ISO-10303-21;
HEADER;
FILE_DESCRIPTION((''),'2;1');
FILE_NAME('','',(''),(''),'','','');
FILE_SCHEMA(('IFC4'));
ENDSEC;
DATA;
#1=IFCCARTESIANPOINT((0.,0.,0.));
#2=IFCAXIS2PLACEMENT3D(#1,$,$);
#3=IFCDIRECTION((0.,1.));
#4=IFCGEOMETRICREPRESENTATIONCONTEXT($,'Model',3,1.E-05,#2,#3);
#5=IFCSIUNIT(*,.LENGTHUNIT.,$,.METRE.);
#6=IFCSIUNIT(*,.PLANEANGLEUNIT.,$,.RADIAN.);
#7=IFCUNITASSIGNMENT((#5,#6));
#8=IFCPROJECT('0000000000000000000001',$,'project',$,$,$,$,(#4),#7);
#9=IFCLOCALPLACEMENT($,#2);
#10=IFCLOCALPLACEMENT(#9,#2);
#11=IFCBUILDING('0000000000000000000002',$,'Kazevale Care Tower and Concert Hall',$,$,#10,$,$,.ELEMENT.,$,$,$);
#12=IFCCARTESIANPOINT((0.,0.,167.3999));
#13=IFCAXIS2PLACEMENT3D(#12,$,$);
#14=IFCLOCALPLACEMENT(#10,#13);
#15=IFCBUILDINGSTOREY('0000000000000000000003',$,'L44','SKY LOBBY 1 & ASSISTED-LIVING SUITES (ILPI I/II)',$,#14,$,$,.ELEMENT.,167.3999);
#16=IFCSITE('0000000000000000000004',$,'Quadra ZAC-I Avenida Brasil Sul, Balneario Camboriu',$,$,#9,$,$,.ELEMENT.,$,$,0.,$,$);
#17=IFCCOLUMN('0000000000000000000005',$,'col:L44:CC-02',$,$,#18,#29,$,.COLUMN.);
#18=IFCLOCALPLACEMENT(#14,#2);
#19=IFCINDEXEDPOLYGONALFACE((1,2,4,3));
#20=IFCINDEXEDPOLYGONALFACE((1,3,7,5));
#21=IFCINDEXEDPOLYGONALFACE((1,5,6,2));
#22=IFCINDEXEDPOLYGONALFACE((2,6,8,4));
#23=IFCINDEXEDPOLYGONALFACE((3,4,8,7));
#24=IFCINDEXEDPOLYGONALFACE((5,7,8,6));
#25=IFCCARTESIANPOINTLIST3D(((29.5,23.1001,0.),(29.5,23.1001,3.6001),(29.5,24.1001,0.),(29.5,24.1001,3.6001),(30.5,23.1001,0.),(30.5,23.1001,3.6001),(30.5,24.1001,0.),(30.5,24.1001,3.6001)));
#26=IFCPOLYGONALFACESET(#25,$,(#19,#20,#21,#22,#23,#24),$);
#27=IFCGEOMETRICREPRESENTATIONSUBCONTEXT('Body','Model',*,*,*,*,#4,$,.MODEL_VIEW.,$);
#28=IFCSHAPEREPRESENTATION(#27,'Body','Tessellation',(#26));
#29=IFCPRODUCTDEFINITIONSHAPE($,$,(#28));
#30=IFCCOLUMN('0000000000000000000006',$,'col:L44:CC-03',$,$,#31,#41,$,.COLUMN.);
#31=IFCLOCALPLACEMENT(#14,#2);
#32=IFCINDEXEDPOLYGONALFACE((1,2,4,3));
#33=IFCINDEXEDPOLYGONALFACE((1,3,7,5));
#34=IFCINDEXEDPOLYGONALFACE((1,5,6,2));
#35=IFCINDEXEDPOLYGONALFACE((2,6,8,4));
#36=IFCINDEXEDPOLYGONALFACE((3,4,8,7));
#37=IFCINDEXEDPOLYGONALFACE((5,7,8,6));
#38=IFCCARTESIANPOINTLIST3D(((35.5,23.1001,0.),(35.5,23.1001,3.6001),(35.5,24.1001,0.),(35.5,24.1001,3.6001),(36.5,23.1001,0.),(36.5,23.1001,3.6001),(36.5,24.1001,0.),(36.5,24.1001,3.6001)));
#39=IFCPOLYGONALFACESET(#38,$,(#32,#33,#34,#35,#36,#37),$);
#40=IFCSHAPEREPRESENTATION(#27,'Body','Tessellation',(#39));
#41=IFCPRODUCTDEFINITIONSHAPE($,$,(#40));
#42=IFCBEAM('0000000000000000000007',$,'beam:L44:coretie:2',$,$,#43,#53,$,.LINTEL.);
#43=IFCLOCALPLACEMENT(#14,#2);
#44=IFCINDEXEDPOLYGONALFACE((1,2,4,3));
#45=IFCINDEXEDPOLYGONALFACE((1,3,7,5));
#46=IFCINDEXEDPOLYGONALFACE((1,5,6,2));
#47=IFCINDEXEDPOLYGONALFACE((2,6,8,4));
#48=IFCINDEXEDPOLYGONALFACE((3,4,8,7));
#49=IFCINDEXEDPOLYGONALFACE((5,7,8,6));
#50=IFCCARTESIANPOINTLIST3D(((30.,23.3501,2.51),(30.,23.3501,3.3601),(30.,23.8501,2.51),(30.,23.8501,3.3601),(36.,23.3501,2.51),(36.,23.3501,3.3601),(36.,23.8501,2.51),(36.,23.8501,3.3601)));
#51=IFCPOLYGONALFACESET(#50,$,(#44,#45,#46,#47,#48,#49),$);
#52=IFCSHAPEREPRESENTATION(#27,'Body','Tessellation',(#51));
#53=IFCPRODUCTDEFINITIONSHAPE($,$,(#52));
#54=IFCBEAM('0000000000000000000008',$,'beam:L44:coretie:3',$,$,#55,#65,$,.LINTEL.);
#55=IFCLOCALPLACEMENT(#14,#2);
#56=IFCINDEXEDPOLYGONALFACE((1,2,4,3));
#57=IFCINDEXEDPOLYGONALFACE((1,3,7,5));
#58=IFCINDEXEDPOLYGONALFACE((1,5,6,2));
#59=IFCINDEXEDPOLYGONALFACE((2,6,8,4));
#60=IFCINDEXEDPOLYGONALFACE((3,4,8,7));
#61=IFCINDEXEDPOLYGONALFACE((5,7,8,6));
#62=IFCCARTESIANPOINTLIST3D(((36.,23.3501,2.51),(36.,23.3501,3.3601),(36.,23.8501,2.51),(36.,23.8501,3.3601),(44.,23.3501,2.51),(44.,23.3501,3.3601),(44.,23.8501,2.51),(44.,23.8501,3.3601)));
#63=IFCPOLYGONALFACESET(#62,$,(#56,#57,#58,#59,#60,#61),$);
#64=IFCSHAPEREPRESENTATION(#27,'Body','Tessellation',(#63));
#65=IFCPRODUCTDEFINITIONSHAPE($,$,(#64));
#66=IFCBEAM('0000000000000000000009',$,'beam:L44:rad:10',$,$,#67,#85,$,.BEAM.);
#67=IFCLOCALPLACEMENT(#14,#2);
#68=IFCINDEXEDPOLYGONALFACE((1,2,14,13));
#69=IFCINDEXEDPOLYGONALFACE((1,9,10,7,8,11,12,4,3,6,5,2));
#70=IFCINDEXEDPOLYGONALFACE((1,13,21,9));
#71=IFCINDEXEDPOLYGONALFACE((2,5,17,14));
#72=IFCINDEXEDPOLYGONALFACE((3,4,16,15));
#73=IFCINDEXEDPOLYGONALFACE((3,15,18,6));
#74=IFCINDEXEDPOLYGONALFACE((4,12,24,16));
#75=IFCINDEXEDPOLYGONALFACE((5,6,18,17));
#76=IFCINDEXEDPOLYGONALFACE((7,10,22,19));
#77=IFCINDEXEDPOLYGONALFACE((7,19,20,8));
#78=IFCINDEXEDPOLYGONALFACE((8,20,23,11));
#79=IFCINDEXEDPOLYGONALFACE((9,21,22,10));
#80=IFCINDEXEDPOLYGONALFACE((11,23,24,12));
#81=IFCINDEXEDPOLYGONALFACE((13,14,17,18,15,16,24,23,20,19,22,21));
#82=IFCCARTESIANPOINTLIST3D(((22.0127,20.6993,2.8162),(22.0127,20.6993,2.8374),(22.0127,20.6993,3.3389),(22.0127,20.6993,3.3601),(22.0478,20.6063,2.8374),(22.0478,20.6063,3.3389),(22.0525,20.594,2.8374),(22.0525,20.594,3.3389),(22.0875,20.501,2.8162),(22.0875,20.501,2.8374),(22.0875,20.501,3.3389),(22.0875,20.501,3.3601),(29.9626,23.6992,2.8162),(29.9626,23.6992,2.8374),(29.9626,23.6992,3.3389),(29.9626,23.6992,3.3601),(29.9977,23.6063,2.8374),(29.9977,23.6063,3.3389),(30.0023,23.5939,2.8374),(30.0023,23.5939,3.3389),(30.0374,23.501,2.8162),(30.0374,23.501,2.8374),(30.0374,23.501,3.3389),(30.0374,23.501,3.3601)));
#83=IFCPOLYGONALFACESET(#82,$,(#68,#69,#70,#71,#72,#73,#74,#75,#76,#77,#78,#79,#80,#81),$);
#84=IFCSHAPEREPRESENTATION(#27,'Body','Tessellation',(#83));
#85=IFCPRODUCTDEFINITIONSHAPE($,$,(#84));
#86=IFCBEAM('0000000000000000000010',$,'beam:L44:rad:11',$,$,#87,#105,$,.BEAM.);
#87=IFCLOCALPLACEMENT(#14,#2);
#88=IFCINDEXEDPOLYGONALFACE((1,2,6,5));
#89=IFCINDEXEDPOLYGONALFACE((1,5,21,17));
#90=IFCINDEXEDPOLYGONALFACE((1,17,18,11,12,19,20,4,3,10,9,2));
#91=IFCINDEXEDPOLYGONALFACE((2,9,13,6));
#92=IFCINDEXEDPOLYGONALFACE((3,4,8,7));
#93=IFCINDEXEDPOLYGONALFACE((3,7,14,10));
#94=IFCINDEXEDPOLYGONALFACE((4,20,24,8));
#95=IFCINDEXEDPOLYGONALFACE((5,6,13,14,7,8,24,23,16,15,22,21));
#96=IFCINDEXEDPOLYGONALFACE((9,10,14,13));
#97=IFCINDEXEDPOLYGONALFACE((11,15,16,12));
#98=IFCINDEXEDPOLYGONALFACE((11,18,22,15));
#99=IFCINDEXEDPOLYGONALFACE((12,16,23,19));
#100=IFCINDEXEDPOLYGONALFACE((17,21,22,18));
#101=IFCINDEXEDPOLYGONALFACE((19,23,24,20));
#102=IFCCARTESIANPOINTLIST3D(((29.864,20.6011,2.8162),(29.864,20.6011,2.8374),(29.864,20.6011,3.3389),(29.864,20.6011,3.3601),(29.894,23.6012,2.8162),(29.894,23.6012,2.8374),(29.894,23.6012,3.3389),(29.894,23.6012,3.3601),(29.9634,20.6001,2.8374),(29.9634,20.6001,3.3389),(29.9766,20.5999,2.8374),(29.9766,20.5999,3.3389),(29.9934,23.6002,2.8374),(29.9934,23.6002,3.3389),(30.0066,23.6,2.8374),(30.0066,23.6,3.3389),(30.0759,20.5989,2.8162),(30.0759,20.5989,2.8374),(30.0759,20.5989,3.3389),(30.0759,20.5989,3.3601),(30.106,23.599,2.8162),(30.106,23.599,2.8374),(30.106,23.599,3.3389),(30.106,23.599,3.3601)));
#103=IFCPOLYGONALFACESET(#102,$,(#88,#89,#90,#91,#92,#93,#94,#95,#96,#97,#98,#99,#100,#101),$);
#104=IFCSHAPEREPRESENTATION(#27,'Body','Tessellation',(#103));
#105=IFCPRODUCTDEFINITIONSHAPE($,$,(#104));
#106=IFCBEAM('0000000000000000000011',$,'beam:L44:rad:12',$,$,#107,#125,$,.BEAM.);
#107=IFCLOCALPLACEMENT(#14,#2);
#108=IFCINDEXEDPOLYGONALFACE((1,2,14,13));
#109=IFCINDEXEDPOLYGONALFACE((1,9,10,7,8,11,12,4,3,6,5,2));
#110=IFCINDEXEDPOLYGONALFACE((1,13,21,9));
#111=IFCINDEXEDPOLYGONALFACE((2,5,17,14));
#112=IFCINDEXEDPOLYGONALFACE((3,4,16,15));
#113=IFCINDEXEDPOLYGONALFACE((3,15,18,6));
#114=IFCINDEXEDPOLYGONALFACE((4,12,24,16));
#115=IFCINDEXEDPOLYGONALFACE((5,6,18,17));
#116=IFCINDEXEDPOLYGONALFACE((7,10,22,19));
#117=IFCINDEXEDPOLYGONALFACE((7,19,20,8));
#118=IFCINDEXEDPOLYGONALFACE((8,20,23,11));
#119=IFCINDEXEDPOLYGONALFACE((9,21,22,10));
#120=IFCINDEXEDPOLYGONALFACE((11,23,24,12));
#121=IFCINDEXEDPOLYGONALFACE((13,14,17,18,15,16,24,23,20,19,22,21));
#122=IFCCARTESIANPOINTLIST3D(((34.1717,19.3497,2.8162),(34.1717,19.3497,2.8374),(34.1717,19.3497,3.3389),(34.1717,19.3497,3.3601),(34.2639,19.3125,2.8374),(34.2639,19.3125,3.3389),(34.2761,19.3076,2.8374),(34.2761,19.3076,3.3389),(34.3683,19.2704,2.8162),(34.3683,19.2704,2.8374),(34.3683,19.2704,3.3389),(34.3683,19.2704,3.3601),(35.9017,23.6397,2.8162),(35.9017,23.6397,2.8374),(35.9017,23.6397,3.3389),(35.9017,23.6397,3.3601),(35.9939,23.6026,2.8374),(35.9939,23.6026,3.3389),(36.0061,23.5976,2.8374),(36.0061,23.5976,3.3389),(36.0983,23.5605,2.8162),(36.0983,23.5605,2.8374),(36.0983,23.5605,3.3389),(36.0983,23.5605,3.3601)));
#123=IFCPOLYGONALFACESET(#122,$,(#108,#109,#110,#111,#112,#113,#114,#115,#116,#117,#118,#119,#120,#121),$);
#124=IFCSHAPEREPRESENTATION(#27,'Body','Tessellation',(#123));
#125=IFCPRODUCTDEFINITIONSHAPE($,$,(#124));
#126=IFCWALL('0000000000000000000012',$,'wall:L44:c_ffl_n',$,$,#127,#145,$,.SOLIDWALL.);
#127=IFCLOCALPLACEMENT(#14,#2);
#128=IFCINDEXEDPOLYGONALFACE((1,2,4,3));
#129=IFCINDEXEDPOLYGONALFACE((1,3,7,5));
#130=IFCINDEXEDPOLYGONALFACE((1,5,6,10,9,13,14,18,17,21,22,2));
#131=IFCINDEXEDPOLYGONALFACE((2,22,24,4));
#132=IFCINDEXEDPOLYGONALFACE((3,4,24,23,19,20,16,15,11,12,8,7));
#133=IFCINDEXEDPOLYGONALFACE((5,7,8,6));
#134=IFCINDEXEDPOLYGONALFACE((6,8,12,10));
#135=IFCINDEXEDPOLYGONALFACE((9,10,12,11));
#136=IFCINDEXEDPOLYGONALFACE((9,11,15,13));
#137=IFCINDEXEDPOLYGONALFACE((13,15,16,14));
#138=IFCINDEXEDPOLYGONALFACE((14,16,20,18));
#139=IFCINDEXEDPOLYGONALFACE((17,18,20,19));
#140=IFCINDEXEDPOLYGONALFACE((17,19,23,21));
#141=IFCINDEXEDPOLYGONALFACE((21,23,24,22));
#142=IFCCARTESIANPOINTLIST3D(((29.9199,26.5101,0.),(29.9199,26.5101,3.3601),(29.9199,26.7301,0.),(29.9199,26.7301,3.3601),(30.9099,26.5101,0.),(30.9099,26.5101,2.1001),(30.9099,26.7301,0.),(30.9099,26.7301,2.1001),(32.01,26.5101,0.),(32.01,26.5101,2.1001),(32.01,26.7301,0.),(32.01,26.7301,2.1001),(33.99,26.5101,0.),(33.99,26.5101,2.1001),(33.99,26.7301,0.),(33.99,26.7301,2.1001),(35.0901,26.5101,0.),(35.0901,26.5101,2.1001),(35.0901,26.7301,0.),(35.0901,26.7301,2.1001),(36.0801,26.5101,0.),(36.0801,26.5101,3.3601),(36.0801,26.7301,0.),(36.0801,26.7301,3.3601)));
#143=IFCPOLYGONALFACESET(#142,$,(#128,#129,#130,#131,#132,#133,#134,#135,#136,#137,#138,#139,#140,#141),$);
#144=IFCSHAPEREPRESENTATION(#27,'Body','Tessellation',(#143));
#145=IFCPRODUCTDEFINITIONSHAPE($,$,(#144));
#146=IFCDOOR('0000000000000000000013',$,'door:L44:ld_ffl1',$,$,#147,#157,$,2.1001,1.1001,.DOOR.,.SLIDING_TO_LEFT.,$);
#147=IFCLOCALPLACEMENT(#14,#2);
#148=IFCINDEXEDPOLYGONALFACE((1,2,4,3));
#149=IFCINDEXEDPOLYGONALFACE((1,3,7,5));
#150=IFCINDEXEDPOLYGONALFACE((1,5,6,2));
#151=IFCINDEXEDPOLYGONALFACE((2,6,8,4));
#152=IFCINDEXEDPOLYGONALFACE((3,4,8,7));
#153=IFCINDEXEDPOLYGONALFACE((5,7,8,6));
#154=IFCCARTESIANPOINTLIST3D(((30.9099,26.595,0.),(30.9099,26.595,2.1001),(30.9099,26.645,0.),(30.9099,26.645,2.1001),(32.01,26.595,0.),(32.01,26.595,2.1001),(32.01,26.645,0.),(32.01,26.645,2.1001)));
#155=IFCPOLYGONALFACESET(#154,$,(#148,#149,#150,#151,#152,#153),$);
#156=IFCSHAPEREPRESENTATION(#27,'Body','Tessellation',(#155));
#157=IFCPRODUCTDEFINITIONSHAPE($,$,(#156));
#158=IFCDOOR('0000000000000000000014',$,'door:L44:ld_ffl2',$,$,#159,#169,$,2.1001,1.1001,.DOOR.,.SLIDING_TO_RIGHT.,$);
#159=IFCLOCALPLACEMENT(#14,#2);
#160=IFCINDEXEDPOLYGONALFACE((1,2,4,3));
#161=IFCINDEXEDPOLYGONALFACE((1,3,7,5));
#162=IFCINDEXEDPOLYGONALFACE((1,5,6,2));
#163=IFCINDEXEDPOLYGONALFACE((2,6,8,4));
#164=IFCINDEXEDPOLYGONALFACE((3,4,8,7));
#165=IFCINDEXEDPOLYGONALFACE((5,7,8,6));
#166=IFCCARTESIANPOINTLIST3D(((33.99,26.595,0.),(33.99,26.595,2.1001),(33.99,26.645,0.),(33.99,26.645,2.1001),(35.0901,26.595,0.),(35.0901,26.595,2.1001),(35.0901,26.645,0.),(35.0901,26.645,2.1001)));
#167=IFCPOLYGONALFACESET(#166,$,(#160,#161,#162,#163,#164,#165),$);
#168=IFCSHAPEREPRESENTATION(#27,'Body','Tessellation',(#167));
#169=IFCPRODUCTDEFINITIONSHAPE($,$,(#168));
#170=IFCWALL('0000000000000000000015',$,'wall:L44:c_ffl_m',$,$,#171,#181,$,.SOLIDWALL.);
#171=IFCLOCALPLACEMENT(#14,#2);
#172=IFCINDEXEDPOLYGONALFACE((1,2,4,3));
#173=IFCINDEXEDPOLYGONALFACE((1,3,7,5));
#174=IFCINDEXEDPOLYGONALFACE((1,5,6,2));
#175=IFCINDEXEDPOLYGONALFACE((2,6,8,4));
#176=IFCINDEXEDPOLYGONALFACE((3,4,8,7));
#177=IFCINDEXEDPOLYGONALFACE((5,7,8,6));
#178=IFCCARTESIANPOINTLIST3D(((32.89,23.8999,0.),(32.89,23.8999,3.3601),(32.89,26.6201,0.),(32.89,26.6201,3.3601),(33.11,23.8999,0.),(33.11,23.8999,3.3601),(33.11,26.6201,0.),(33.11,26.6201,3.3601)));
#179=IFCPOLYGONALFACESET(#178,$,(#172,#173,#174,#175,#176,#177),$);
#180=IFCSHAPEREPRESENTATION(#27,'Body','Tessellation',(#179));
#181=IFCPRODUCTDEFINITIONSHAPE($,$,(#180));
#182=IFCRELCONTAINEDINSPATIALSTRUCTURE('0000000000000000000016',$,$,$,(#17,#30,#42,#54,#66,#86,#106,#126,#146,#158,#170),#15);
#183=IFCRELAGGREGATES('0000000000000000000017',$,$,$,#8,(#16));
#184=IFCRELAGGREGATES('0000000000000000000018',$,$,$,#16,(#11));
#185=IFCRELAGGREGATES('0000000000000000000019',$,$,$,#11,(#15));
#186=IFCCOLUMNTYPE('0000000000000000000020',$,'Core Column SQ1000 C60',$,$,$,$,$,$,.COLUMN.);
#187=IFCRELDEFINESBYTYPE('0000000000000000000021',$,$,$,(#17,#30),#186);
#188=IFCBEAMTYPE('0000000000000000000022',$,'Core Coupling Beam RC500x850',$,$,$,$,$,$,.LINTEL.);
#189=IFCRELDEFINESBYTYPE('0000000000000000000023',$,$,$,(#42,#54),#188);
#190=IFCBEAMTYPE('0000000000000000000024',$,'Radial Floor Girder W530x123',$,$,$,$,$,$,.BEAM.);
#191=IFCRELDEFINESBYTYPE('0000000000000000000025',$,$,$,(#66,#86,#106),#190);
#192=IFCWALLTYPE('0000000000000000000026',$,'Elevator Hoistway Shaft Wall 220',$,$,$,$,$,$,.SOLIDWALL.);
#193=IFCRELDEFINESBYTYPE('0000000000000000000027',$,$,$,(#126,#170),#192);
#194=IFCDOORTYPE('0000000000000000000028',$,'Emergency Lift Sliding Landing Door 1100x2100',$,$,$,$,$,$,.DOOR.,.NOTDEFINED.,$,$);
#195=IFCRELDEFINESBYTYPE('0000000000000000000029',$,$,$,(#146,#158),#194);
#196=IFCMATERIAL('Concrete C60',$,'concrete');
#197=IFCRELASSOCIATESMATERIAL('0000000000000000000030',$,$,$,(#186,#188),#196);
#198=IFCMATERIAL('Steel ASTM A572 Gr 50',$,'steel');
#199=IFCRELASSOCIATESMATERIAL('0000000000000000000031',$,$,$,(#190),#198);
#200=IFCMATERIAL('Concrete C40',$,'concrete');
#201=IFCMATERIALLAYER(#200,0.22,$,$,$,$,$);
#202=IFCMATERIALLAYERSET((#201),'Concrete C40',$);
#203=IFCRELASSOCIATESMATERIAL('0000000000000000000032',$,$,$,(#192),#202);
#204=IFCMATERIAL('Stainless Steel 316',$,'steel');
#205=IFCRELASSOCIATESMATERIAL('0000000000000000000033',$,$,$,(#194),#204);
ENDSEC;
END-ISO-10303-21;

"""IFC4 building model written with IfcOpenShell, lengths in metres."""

from ifc_helpers import new_model, si_unit, direction, frame, frame_2d, origin, origin_2d, place, context, subcontext, project, spatial, rectangle, i_section, extrude, material, layer, layer_set, material_profile, profile_set, type_object, element, fill, save


model = new_model("IFC4")

# Units and contexts
model_context = context("Model", 3, precision=1e-05, world=origin(), true_north=direction((0.0, 1.0)))
body_context = subcontext(model_context, "Body", "Model", "MODEL_VIEW")
ifc_project = project(units=[si_unit("LENGTHUNIT", "METRE"), si_unit("PLANEANGLEUNIT", "RADIAN")], contexts=[model_context])

# Site, building, storey
site_placement = place(None, origin())
site = spatial("IfcSite", under=ifc_project, at=site_placement, Name="Quadra ZAC-I Avenida Brasil Sul, Balneario Camboriu", CompositionType="ELEMENT", RefElevation=0.0)
building_placement = place(site_placement, origin())
building = spatial("IfcBuilding", under=site, at=building_placement, Name="Kazevale Care Tower and Concert Hall", CompositionType="ELEMENT")
storey_placement = place(building_placement, frame((0.0, 0.0, 167.3999)))
storey = spatial("IfcBuildingStorey", under=building, at=storey_placement, Name="L44", Description="SKY LOBBY 1 & ASSISTED-LIVING SUITES (ILPI I/II)", CompositionType="ELEMENT", Elevation=167.3999)

# Columns
ifc_material_1 = material(Name="Concrete C60", Category="concrete")
ifc_material_profile_1 = material_profile(ifc_material_1, rectangle(XDim=1.0, YDim=1.0, at=origin_2d()), Name="RC-SQ1000")
ifc_profile_set_1 = profile_set([ifc_material_profile_1], Name="Concrete C60")
column_type = type_object("IfcColumnType", Name="Core Column SQ1000 C60", PredefinedType="COLUMN", material=ifc_profile_set_1)
for number, where, z_axis, x_axis, name in (
    (1, (30.0, 23.6001, 0.0), (0.0, 0.0, 1.0), (1.0, 0.0, 0.0), "col:L44:CC-02"),
    (2, (36.0, 23.6001, 0.0), (0.0, 0.0, 1.0), (1.0, 0.0, 0.0), "col:L44:CC-03"),
):
    element("IfcColumn", number, at=place(storey_placement, frame(where, z_axis=z_axis, x_axis=x_axis)), inside=storey, type_object=column_type, Name=name, PredefinedType="COLUMN", context=body_context, shape_type="SweptSolid", body=[
        extrude(rectangle(XDim=1.0, YDim=1.0, at=origin_2d()), origin(), (0.0, 0.0, 1.0), 3.6001),
    ])

# Beams
ifc_material_profile_2 = material_profile(ifc_material_1, rectangle(XDim=0.5, YDim=0.8501, at=origin_2d()), Name="RC-B500x850")
ifc_profile_set_2 = profile_set([ifc_material_profile_2], Name="Concrete C60")
beam_type_1 = type_object("IfcBeamType", Name="Core Coupling Beam RC500x850", PredefinedType="LINTEL", material=ifc_profile_set_2)
beam_1_placement = place(storey_placement, frame((30.0, 23.6001, 2.9351), z_axis=(1.0, 0.0, 0.0), x_axis=(0.0, 1.0, 0.0)))
element("IfcBeam", 3, at=beam_1_placement, inside=storey, type_object=beam_type_1, Name="beam:L44:coretie:2", PredefinedType="LINTEL", context=body_context, shape_type="SweptSolid", body=[
    extrude(rectangle(XDim=0.5, YDim=0.8501, at=origin_2d()), origin(), (0.0, 0.0, 1.0), 6.0),
])
beam_2_placement = place(storey_placement, frame((36.0, 23.6001, 2.9351), z_axis=(1.0, 0.0, 0.0), x_axis=(0.0, 1.0, 0.0)))
element("IfcBeam", 4, at=beam_2_placement, inside=storey, type_object=beam_type_1, Name="beam:L44:coretie:3", PredefinedType="LINTEL", context=body_context, shape_type="SweptSolid", body=[
    extrude(rectangle(XDim=0.5, YDim=0.8501, at=origin_2d()), origin(), (0.0, 0.0, 1.0), 8.0),
])
ifc_material_2 = material(Name="Steel ASTM A572 Gr 50", Category="steel")
ifc_material_profile_3 = material_profile(ifc_material_2, i_section(OverallWidth=0.2119, OverallDepth=0.5439, WebThickness=0.0132, FlangeThickness=0.0212, at=origin_2d()), Name="W530x123")
ifc_profile_set_3 = profile_set([ifc_material_profile_3], Name="Steel ASTM A572 Gr 50")
beam_type_2 = type_object("IfcBeamType", Name="Radial Floor Girder W530x123", PredefinedType="BEAM", material=ifc_profile_set_3)
beam_3_placement = place(storey_placement, frame((30.0, 23.6001, 3.0881), z_axis=(-0.935601, -0.353059, 0.0), x_axis=(0.353059, -0.935601, 0.0)))
element("IfcBeam", 5, at=beam_3_placement, inside=storey, type_object=beam_type_2, Name="beam:L44:rad:10", PredefinedType="BEAM", context=body_context, shape_type="SweptSolid", body=[
    extrude(i_section(OverallWidth=0.2119, OverallDepth=0.5439, WebThickness=0.0132, FlangeThickness=0.0212, at=origin_2d()), origin(), (0.0, 0.0, 1.0), 8.4971),
])
beam_4_placement = place(storey_placement, frame((30.0, 23.6001, 3.0881), z_axis=(-0.010009, -0.99995, 0.0), x_axis=(0.99995, -0.010009, 0.0)))
element("IfcBeam", 6, at=beam_4_placement, inside=storey, type_object=beam_type_2, Name="beam:L44:rad:11", PredefinedType="BEAM", context=body_context, shape_type="SweptSolid", body=[
    extrude(i_section(OverallWidth=0.2119, OverallDepth=0.5439, WebThickness=0.0132, FlangeThickness=0.0212, at=origin_2d()), origin(), (0.0, 0.0, 1.0), 3.0002),
])
beam_5_placement = place(storey_placement, frame((36.0, 23.6001, 3.0881), z_axis=(-0.373992, -0.927432, 0.0), x_axis=(0.927432, -0.373992, 0.0)))
element("IfcBeam", 7, at=beam_5_placement, inside=storey, type_object=beam_type_2, Name="beam:L44:rad:12", PredefinedType="BEAM", context=body_context, shape_type="SweptSolid", body=[
    extrude(i_section(OverallWidth=0.2119, OverallDepth=0.5439, WebThickness=0.0132, FlangeThickness=0.0212, at=origin_2d()), origin(), (0.0, 0.0, 1.0), 4.6257),
])

# Wall, openings, doors
ifc_material_3 = material(Name="Concrete C40", Category="concrete")
ifc_layer_1 = layer(ifc_material_3, 0.22)
ifc_layer_set_1 = layer_set([ifc_layer_1], Name="Concrete C40")
wall_type_1 = type_object("IfcWallType", Name="Elevator Hoistway Shaft Wall 220", PredefinedType="SOLIDWALL", material=ifc_layer_set_1)
wall_1_placement = place(storey_placement, frame((29.9199, 26.6201, 0.0), z_axis=(0.0, 0.0, 1.0), x_axis=(1.0, 0.0, 0.0)))
wall_1 = element("IfcWall", 8, at=wall_1_placement, inside=storey, type_object=wall_type_1, Name="wall:L44:c_ffl_n", PredefinedType="SOLIDWALL", context=body_context, shape_type="SweptSolid", body=[
    extrude(rectangle(XDim=6.1602, YDim=0.22, at=frame_2d((3.0801, 0.0))), origin(), (0.0, 0.0, 1.0), 3.3601),
])
opening_1_placement = place(wall_1_placement, frame((0.99, 0.0, 0.0)))
opening_1 = element("IfcOpeningElement", 9, at=opening_1_placement, cuts=wall_1, PredefinedType="OPENING", context=body_context, shape_type="SweptSolid", body=[
    extrude(rectangle(XDim=1.1001, YDim=2.1001, at=frame_2d((0.55, 1.05))), frame((0.0, 0.1199, 0.0), z_axis=(0.0, -1.0, 0.0), x_axis=(1.0, 0.0, 0.0)), (0.0, 0.0, 1.0), 0.24),
])
opening_2_placement = place(wall_1_placement, frame((4.0701, 0.0, 0.0)))
opening_2 = element("IfcOpeningElement", 10, at=opening_2_placement, cuts=wall_1, PredefinedType="OPENING", context=body_context, shape_type="SweptSolid", body=[
    extrude(rectangle(XDim=1.1001, YDim=2.1001, at=frame_2d((0.55, 1.05))), frame((0.0, 0.1199, 0.0), z_axis=(0.0, -1.0, 0.0), x_axis=(1.0, 0.0, 0.0)), (0.0, 0.0, 1.0), 0.24),
])
ifc_material_4 = material(Name="Stainless Steel 316", Category="steel")
door_type_1 = type_object("IfcDoorType", Name="Emergency Lift Sliding Landing Door 1100x2100", OperationType="NOTDEFINED", PredefinedType="DOOR", material=ifc_material_4)
door_1_placement = place(opening_1_placement, origin())
door_1 = element("IfcDoor", 11, at=door_1_placement, inside=storey, type_object=door_type_1, Name="door:L44:ld_ffl1", OperationType="SLIDING_TO_LEFT", OverallHeight=2.1001, OverallWidth=1.1001, PredefinedType="DOOR", context=body_context, shape_type="SweptSolid", body=[
    extrude(rectangle(XDim=1.1001, YDim=2.1001, at=frame_2d((0.55, 1.05))), frame((0.0, 0.0249, 0.0), z_axis=(0.0, -1.0, 0.0), x_axis=(1.0, 0.0, 0.0)), (0.0, 0.0, 1.0), 0.05),
])
fill(opening_1, door_1)
door_2_placement = place(opening_2_placement, origin())
door_2 = element("IfcDoor", 12, at=door_2_placement, inside=storey, type_object=door_type_1, Name="door:L44:ld_ffl2", OperationType="SLIDING_TO_RIGHT", OverallHeight=2.1001, OverallWidth=1.1001, PredefinedType="DOOR", context=body_context, shape_type="SweptSolid", body=[
    extrude(rectangle(XDim=1.1001, YDim=2.1001, at=frame_2d((0.55, 1.05))), frame((0.0, 0.0249, 0.0), z_axis=(0.0, -1.0, 0.0), x_axis=(1.0, 0.0, 0.0)), (0.0, 0.0, 1.0), 0.05),
])
fill(opening_2, door_2)

# Wall
wall_2_placement = place(storey_placement, frame((33.0, 23.8999, 0.0), z_axis=(0.0, 0.0, 1.0), x_axis=(0.0, 1.0, 0.0)))
element("IfcWall", 13, at=wall_2_placement, inside=storey, type_object=wall_type_1, Name="wall:L44:c_ffl_m", PredefinedType="SOLIDWALL", context=body_context, shape_type="SweptSolid", body=[
    extrude(rectangle(XDim=2.7202, YDim=0.22, at=frame_2d((1.3601, 0.0))), origin(), (0.0, 0.0, 1.0), 3.3601),
])

save(model, "model.ifc")
